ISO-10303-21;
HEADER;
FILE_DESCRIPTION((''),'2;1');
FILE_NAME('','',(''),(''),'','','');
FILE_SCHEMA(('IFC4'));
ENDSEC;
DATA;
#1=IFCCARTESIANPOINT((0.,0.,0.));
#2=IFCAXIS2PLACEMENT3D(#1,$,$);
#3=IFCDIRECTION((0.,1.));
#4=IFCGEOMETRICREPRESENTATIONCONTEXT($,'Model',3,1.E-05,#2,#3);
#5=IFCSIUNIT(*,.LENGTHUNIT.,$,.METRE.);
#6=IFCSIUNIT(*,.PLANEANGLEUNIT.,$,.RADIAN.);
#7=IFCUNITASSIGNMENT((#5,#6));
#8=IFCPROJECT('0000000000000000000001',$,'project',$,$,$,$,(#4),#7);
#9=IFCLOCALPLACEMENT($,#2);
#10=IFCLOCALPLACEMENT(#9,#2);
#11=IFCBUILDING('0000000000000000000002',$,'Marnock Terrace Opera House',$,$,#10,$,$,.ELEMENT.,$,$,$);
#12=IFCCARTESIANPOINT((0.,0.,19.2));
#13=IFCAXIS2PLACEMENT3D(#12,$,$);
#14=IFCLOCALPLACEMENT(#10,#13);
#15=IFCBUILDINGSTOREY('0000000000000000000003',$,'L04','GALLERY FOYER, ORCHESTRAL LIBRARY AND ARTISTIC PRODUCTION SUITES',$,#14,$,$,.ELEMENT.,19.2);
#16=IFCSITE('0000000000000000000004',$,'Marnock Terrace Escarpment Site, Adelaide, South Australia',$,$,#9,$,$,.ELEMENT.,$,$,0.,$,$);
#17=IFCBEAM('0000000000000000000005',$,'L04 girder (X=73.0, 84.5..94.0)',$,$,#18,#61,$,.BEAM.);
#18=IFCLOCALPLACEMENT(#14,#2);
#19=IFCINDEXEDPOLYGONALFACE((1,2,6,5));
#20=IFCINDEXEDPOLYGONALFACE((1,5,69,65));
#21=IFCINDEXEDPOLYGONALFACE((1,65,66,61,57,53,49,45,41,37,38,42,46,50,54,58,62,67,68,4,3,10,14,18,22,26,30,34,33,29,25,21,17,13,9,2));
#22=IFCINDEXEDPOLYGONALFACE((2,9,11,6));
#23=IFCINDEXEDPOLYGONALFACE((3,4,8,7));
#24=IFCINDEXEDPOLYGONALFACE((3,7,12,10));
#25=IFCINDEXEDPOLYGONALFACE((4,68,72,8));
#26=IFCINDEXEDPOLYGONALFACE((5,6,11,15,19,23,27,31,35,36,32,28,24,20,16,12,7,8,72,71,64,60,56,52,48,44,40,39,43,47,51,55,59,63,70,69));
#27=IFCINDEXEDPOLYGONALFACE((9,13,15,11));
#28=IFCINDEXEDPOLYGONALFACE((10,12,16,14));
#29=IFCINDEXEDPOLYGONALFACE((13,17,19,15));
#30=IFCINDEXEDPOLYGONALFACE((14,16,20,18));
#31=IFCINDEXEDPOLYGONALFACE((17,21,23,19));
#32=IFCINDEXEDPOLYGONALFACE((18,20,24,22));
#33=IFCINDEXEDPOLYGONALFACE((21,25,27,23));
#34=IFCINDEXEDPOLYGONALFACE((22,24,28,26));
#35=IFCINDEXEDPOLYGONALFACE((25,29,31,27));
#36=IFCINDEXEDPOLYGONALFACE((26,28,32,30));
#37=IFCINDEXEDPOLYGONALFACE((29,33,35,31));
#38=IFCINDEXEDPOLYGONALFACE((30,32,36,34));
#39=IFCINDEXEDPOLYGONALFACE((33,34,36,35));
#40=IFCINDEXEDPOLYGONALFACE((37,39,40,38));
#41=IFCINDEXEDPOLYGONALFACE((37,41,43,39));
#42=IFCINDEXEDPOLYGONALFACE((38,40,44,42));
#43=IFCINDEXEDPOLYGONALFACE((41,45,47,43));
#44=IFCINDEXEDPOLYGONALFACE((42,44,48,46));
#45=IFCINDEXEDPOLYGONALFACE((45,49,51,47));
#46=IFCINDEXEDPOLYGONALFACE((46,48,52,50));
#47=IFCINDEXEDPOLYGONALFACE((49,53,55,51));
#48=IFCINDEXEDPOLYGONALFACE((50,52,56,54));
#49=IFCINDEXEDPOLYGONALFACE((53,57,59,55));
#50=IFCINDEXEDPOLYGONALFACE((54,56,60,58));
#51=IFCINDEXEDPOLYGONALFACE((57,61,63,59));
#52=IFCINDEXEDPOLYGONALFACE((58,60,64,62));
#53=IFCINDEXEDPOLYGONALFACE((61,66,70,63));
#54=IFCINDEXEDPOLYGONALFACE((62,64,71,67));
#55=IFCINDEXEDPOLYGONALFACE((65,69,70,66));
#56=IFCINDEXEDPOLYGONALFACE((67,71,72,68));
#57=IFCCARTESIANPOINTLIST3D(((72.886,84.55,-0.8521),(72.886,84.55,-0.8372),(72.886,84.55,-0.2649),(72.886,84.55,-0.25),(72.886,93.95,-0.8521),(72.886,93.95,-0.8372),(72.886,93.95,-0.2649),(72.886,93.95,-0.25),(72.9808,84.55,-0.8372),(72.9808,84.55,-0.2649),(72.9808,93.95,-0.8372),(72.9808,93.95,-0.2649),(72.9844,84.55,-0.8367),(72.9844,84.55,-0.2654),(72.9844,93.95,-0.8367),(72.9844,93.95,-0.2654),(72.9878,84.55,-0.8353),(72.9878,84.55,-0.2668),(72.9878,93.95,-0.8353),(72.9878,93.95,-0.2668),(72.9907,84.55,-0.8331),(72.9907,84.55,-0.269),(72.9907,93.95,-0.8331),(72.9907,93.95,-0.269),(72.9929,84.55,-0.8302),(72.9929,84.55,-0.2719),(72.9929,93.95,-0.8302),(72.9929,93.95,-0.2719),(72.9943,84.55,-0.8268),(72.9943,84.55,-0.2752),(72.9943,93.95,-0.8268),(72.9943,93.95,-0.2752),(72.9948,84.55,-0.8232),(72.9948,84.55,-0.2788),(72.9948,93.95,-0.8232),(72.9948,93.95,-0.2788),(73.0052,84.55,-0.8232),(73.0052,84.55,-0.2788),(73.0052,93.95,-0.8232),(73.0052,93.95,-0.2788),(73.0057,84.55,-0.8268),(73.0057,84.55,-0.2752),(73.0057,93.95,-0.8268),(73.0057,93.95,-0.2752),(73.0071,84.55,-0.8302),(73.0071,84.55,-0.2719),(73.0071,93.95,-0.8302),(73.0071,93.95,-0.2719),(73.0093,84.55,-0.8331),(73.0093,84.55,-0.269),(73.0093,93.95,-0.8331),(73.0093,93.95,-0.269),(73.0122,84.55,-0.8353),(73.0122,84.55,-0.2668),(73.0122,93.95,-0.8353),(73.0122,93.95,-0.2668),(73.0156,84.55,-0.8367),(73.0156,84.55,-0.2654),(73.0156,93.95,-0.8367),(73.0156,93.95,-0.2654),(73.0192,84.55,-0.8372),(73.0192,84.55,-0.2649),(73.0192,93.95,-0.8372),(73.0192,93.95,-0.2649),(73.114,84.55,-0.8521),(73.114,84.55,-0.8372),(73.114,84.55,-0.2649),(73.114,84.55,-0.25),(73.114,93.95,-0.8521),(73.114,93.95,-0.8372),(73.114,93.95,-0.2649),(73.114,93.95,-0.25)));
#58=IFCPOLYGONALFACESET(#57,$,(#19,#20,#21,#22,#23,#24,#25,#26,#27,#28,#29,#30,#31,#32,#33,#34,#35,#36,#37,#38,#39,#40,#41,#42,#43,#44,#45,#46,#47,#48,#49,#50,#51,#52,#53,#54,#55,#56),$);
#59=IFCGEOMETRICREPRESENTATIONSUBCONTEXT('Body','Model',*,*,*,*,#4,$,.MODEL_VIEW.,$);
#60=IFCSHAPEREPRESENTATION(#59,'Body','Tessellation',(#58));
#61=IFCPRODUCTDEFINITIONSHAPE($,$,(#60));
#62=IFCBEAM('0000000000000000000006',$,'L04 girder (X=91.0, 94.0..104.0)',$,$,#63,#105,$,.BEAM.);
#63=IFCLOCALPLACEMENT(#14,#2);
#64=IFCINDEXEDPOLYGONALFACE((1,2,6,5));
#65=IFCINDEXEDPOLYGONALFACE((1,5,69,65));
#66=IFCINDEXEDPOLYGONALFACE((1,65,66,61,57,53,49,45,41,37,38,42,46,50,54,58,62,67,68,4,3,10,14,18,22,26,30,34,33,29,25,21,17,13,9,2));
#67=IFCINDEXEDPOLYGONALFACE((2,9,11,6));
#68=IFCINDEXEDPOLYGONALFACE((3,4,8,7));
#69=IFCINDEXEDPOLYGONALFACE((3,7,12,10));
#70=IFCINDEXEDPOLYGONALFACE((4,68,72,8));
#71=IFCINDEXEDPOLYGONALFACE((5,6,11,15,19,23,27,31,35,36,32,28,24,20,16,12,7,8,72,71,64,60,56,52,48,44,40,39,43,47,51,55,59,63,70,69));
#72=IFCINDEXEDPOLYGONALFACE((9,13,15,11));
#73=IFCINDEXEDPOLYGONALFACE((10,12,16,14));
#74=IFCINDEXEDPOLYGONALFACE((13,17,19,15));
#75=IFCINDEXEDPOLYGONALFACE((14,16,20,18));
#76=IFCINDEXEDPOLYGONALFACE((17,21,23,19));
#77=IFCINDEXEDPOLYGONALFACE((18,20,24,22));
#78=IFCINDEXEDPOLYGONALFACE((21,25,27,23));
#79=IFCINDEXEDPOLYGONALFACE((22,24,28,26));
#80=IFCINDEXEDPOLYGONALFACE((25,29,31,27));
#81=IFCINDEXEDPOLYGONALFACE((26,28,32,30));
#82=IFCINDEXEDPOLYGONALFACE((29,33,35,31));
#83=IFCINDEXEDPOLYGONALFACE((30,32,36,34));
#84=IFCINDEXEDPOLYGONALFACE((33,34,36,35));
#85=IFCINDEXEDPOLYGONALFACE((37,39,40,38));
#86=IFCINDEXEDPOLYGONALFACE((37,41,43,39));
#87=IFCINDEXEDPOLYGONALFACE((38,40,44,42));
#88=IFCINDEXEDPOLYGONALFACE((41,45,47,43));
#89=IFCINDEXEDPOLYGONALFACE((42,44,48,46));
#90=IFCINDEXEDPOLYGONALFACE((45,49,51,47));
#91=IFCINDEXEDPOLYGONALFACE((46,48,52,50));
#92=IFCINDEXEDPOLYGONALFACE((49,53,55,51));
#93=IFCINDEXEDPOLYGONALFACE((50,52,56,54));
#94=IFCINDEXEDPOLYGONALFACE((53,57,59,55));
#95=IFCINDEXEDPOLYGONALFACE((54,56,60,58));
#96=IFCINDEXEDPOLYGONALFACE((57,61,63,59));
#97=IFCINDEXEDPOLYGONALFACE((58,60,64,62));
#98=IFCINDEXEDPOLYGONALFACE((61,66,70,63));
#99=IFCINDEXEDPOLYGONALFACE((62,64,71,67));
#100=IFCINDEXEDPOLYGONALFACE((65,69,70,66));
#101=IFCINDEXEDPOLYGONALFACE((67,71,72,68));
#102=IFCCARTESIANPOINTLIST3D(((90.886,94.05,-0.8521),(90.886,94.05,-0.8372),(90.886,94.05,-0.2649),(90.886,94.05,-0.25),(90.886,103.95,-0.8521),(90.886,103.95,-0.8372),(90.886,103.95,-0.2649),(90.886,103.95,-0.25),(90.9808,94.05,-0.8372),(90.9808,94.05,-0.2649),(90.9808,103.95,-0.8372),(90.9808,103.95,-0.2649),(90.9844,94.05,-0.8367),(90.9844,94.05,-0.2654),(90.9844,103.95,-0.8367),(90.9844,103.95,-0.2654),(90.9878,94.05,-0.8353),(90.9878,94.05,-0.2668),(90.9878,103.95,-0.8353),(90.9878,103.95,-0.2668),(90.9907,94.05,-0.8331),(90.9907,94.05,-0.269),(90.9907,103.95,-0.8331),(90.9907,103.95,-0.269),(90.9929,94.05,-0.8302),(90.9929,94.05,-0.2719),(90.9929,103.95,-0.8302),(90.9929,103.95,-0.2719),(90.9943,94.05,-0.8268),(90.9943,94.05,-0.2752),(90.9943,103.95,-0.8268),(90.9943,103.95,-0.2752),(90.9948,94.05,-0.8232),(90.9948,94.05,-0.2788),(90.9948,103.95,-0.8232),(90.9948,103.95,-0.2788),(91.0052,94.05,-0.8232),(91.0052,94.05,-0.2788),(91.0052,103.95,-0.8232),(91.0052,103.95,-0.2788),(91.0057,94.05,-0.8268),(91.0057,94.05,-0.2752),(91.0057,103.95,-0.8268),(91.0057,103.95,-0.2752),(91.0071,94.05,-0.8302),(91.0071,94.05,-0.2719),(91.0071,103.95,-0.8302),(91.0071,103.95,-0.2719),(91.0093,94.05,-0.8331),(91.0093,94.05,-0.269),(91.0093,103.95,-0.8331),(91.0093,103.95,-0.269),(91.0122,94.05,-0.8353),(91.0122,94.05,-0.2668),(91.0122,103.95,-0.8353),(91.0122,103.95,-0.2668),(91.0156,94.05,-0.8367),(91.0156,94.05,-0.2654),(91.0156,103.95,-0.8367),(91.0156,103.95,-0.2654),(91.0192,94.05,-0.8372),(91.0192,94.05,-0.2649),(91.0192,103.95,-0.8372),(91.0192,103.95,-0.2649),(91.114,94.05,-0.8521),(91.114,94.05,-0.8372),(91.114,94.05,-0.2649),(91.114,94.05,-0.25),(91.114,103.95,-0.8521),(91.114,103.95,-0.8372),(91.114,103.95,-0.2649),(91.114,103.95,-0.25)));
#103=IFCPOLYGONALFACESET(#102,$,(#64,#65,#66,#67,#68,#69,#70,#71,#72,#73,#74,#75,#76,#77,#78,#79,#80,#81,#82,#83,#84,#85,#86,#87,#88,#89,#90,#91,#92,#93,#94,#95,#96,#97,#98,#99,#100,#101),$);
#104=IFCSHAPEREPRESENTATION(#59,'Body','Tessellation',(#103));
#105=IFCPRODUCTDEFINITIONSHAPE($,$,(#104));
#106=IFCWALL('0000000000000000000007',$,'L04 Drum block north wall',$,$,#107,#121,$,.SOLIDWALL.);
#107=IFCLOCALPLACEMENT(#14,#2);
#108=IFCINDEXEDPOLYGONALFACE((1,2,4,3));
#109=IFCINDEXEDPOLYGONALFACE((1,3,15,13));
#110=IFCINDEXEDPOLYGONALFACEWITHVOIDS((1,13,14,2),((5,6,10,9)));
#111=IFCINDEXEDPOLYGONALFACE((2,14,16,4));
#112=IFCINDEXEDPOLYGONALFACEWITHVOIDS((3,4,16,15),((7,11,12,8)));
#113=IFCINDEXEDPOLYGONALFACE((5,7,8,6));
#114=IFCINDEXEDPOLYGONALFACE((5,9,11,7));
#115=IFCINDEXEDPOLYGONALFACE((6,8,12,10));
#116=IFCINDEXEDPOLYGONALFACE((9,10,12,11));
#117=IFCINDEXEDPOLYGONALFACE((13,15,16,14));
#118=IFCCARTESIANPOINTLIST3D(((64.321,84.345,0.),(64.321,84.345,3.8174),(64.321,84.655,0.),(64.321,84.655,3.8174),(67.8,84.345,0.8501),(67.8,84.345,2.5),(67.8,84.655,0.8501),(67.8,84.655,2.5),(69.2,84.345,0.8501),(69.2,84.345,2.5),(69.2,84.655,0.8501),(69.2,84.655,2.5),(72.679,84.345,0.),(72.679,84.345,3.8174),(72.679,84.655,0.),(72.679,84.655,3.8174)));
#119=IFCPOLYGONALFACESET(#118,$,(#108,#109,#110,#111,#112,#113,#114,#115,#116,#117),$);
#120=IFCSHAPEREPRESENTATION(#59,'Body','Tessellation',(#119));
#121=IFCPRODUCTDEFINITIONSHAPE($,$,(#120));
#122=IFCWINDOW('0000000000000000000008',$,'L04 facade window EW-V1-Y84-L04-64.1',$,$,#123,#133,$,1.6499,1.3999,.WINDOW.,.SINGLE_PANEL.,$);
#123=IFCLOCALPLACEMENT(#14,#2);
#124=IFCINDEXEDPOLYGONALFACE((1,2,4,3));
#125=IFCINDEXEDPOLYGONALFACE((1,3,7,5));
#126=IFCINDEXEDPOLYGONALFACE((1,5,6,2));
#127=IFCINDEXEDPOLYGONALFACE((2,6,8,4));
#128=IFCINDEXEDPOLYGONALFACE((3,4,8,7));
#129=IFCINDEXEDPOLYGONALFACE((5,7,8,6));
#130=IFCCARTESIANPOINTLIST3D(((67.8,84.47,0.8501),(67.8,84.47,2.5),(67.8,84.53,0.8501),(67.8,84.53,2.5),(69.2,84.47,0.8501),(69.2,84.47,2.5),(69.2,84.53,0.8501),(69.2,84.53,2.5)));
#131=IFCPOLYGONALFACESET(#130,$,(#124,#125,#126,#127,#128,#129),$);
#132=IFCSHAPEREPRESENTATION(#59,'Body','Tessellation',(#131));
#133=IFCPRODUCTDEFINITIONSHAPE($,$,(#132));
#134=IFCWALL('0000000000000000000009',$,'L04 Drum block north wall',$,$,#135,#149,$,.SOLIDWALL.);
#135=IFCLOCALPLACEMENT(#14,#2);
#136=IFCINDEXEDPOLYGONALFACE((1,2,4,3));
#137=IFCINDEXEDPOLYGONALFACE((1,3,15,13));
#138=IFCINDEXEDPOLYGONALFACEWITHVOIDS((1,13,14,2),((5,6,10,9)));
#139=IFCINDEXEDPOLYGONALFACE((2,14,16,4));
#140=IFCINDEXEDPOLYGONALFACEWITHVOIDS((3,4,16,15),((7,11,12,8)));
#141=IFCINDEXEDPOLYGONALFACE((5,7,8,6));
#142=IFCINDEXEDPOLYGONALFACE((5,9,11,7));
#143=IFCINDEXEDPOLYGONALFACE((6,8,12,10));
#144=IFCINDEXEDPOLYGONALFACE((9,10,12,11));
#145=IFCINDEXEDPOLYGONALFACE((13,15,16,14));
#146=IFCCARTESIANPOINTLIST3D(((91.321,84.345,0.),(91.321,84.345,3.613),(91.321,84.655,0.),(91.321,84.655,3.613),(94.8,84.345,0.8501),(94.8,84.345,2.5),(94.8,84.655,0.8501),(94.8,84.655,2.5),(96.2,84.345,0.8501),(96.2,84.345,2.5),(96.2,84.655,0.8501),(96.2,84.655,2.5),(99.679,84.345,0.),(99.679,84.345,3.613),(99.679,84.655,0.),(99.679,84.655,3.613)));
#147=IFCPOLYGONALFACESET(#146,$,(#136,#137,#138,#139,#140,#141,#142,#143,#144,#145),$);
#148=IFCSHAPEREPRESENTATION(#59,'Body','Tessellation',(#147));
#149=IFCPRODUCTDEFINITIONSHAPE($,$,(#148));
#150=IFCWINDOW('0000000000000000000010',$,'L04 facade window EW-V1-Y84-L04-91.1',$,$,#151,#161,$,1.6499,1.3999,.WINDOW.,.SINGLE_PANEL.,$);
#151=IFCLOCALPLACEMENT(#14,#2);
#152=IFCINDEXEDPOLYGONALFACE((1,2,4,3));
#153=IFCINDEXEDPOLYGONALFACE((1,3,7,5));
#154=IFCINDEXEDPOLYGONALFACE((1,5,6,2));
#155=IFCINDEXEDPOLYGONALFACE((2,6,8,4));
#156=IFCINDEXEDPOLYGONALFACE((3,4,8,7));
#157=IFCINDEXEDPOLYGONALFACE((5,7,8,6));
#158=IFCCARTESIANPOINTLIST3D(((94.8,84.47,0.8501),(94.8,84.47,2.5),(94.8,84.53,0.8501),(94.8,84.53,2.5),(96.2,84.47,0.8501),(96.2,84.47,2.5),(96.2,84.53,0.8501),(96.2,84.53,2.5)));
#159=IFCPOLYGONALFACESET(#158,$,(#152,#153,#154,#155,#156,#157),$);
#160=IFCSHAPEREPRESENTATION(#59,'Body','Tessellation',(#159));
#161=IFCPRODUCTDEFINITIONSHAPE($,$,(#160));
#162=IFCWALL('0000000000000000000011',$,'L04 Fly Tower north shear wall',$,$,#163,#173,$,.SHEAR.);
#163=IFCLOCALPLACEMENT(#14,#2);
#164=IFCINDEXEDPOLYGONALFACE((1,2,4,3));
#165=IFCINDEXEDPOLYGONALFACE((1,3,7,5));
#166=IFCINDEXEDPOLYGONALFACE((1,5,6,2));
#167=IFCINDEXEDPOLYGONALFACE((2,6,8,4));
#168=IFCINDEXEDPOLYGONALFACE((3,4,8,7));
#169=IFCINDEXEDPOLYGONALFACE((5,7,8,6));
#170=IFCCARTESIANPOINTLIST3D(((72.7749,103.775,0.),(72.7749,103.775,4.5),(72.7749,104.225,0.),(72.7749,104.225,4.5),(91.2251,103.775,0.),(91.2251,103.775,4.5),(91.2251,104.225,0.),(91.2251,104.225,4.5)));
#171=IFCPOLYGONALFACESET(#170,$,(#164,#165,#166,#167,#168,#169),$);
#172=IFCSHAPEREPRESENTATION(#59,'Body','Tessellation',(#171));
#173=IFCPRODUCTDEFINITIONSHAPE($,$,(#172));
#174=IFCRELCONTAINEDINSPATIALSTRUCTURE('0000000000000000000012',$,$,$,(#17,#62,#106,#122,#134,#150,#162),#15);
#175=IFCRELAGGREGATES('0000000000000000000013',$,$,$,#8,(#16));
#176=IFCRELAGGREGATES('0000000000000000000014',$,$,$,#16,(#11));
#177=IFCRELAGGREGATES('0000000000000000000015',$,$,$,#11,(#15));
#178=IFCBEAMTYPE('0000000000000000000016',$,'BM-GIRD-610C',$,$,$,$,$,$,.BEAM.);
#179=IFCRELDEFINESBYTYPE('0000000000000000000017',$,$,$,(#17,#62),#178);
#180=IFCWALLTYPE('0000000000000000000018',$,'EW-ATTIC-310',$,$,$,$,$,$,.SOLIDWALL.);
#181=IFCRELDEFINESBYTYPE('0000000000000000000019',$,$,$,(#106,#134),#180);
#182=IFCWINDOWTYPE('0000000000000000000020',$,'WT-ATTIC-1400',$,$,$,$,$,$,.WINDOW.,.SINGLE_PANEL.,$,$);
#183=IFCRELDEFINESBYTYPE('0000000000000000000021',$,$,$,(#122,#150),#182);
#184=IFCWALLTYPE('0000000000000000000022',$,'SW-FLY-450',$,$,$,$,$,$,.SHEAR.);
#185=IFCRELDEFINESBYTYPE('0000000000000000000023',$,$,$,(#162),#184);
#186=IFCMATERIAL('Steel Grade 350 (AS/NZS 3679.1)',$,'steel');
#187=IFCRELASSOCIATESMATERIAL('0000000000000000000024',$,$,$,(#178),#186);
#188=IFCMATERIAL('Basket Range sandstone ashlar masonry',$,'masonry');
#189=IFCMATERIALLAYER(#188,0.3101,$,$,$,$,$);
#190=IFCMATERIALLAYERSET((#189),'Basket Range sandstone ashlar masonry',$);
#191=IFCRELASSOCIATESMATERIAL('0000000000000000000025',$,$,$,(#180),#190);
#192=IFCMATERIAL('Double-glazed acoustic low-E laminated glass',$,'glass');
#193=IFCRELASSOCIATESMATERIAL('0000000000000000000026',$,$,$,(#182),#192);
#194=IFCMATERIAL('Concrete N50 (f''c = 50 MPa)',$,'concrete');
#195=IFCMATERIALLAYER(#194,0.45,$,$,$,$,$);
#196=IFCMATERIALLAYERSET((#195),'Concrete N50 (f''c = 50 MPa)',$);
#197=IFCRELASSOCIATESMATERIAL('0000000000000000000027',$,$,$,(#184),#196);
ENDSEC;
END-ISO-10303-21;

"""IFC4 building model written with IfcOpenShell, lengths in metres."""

from ifc_helpers import new_model, si_unit, direction, frame, frame_2d, origin, origin_2d, place, context, subcontext, project, spatial, rectangle, i_section, extrude, material, layer, layer_set, material_profile, profile_set, type_object, element, fill, save


model = new_model("IFC4")

# Units and contexts
model_context = context("Model", 3, precision=1e-05, world=origin(), true_north=direction((0.0, 1.0)))
body_context = subcontext(model_context, "Body", "Model", "MODEL_VIEW")
ifc_project = project(units=[si_unit("LENGTHUNIT", "METRE"), si_unit("PLANEANGLEUNIT", "RADIAN")], contexts=[model_context])

# Site, building, storey
site_placement = place(None, origin())
site = spatial("IfcSite", under=ifc_project, at=site_placement, Name="Marnock Terrace Escarpment Site, Adelaide, South Australia", CompositionType="ELEMENT", RefElevation=0.0)
building_placement = place(site_placement, origin())
building = spatial("IfcBuilding", under=site, at=building_placement, Name="Marnock Terrace Opera House", CompositionType="ELEMENT")
storey_placement = place(building_placement, frame((0.0, 0.0, 19.2)))
storey = spatial("IfcBuildingStorey", under=building, at=storey_placement, Name="L04", Description="GALLERY FOYER, ORCHESTRAL LIBRARY AND ARTISTIC PRODUCTION SUITES", CompositionType="ELEMENT", Elevation=19.2)

# Beams
ifc_material_1 = material(Name="Steel Grade 350 (AS/NZS 3679.1)", Category="steel")
ifc_material_profile_1 = material_profile(ifc_material_1, i_section(OverallWidth=0.228, OverallDepth=0.6021, WebThickness=0.0105, FlangeThickness=0.0149, FilletRadius=0.0139, at=origin_2d()))
ifc_profile_set_1 = profile_set([ifc_material_profile_1], Name="Steel Grade 350 (AS/NZS 3679.1)")
beam_type_1 = type_object("IfcBeamType", Name="BM-GIRD-610C", PredefinedType="BEAM", material=ifc_profile_set_1)
beam_1_placement = place(storey_placement, frame((73.0, 84.55, -0.551), z_axis=(0.0, 1.0, 0.0), x_axis=(-1.0, 0.0, 0.0)))
element("IfcBeam", 1, at=beam_1_placement, inside=storey, type_object=beam_type_1, Name="L04 girder (X=73.0, 84.5..94.0)", PredefinedType="BEAM", context=body_context, shape_type="SweptSolid", body=[
    extrude(i_section(OverallWidth=0.228, OverallDepth=0.6021, WebThickness=0.0105, FlangeThickness=0.0149, FilletRadius=0.0139, at=origin_2d()), origin(), (0.0, 0.0, 1.0), 9.3999),
])
beam_2_placement = place(storey_placement, frame((91.0, 94.05, -0.551), z_axis=(0.0, 1.0, 0.0), x_axis=(-1.0, 0.0, 0.0)))
element("IfcBeam", 2, at=beam_2_placement, inside=storey, type_object=beam_type_1, Name="L04 girder (X=91.0, 94.0..104.0)", PredefinedType="BEAM", context=body_context, shape_type="SweptSolid", body=[
    extrude(i_section(OverallWidth=0.228, OverallDepth=0.6021, WebThickness=0.0105, FlangeThickness=0.0149, FilletRadius=0.0139, at=origin_2d()), origin(), (0.0, 0.0, 1.0), 9.8999),
])

# Walls, openings, windows
ifc_material_2 = material(Name="Basket Range sandstone ashlar masonry", Category="masonry")
ifc_layer_1 = layer(ifc_material_2, 0.3101)
ifc_layer_set_1 = layer_set([ifc_layer_1], Name="Basket Range sandstone ashlar masonry")
wall_type_1 = type_object("IfcWallType", Name="EW-ATTIC-310", PredefinedType="SOLIDWALL", material=ifc_layer_set_1)
wall_1_placement = place(storey_placement, frame((64.321, 84.5, 0.0), z_axis=(0.0, 0.0, 1.0), x_axis=(1.0, 0.0, 0.0)))
wall_1 = element("IfcWall", 3, at=wall_1_placement, inside=storey, type_object=wall_type_1, Name="L04 Drum block north wall", PredefinedType="SOLIDWALL", context=body_context, shape_type="SweptSolid", body=[
    extrude(rectangle(XDim=8.3579, YDim=0.3101, at=frame_2d((4.179, 0.0))), origin(), (0.0, 0.0, 1.0), 3.8174),
])
opening_1_placement = place(wall_1_placement, frame((3.479, 0.0, 0.8501)))
opening_1 = element("IfcOpeningElement", 4, at=opening_1_placement, cuts=wall_1, PredefinedType="OPENING", context=body_context, shape_type="SweptSolid", body=[
    extrude(rectangle(XDim=1.3999, YDim=1.6499, at=frame_2d((0.7, 0.825))), frame((0.0, 0.165, 0.0), z_axis=(0.0, -1.0, 0.0), x_axis=(1.0, 0.0, 0.0)), (0.0, 0.0, 1.0), 0.3301),
])
ifc_material_3 = material(Name="Double-glazed acoustic low-E laminated glass", Category="glass")
window_type = type_object("IfcWindowType", Name="WT-ATTIC-1400", PartitioningType="SINGLE_PANEL", PredefinedType="WINDOW", material=ifc_material_3)
window_1_placement = place(opening_1_placement, origin())
window_1 = element("IfcWindow", 5, at=window_1_placement, inside=storey, type_object=window_type, Name="L04 facade window EW-V1-Y84-L04-64.1", OverallHeight=1.6499, OverallWidth=1.3999, PartitioningType="SINGLE_PANEL", PredefinedType="WINDOW", context=body_context, shape_type="SweptSolid", body=[
    extrude(rectangle(XDim=1.3999, YDim=1.6499, at=frame_2d((0.7, 0.825))), frame((0.0, 0.03, 0.0), z_axis=(0.0, -1.0, 0.0), x_axis=(1.0, 0.0, 0.0)), (0.0, 0.0, 1.0), 0.0601),
])
fill(opening_1, window_1)
wall_2_placement = place(storey_placement, frame((91.321, 84.5, 0.0), z_axis=(0.0, 0.0, 1.0), x_axis=(1.0, 0.0, 0.0)))
wall_2 = element("IfcWall", 6, at=wall_2_placement, inside=storey, type_object=wall_type_1, Name="L04 Drum block north wall", PredefinedType="SOLIDWALL", context=body_context, shape_type="SweptSolid", body=[
    extrude(rectangle(XDim=8.3579, YDim=0.3101, at=frame_2d((4.179, 0.0))), origin(), (0.0, 0.0, 1.0), 3.613),
])
opening_2_placement = place(wall_2_placement, frame((3.479, 0.0, 0.8501)))
opening_2 = element("IfcOpeningElement", 7, at=opening_2_placement, cuts=wall_2, PredefinedType="OPENING", context=body_context, shape_type="SweptSolid", body=[
    extrude(rectangle(XDim=1.3999, YDim=1.6499, at=frame_2d((0.7, 0.825))), frame((0.0, 0.165, 0.0), z_axis=(0.0, -1.0, 0.0), x_axis=(1.0, 0.0, 0.0)), (0.0, 0.0, 1.0), 0.3301),
])
window_2_placement = place(opening_2_placement, origin())
window_2 = element("IfcWindow", 8, at=window_2_placement, inside=storey, type_object=window_type, Name="L04 facade window EW-V1-Y84-L04-91.1", OverallHeight=1.6499, OverallWidth=1.3999, PartitioningType="SINGLE_PANEL", PredefinedType="WINDOW", context=body_context, shape_type="SweptSolid", body=[
    extrude(rectangle(XDim=1.3999, YDim=1.6499, at=frame_2d((0.7, 0.825))), frame((0.0, 0.03, 0.0), z_axis=(0.0, -1.0, 0.0), x_axis=(1.0, 0.0, 0.0)), (0.0, 0.0, 1.0), 0.0601),
])
fill(opening_2, window_2)

# Wall
ifc_material_4 = material(Name="Concrete N50 (f'c = 50 MPa)", Category="concrete")
ifc_layer_2 = layer(ifc_material_4, 0.45)
ifc_layer_set_2 = layer_set([ifc_layer_2], Name="Concrete N50 (f'c = 50 MPa)")
wall_type_2 = type_object("IfcWallType", Name="SW-FLY-450", PredefinedType="SHEAR", material=ifc_layer_set_2)
wall_3_placement = place(storey_placement, frame((72.7749, 104.0, 0.0), z_axis=(0.0, 0.0, 1.0), x_axis=(1.0, 0.0, 0.0)))
element("IfcWall", 9, at=wall_3_placement, inside=storey, type_object=wall_type_2, Name="L04 Fly Tower north shear wall", PredefinedType="SHEAR", context=body_context, shape_type="SweptSolid", body=[
    extrude(rectangle(XDim=18.4502, YDim=0.45, at=frame_2d((9.2251, 0.0))), origin(), (0.0, 0.0, 1.0), 4.5),
])

save(model, "model.ifc")
